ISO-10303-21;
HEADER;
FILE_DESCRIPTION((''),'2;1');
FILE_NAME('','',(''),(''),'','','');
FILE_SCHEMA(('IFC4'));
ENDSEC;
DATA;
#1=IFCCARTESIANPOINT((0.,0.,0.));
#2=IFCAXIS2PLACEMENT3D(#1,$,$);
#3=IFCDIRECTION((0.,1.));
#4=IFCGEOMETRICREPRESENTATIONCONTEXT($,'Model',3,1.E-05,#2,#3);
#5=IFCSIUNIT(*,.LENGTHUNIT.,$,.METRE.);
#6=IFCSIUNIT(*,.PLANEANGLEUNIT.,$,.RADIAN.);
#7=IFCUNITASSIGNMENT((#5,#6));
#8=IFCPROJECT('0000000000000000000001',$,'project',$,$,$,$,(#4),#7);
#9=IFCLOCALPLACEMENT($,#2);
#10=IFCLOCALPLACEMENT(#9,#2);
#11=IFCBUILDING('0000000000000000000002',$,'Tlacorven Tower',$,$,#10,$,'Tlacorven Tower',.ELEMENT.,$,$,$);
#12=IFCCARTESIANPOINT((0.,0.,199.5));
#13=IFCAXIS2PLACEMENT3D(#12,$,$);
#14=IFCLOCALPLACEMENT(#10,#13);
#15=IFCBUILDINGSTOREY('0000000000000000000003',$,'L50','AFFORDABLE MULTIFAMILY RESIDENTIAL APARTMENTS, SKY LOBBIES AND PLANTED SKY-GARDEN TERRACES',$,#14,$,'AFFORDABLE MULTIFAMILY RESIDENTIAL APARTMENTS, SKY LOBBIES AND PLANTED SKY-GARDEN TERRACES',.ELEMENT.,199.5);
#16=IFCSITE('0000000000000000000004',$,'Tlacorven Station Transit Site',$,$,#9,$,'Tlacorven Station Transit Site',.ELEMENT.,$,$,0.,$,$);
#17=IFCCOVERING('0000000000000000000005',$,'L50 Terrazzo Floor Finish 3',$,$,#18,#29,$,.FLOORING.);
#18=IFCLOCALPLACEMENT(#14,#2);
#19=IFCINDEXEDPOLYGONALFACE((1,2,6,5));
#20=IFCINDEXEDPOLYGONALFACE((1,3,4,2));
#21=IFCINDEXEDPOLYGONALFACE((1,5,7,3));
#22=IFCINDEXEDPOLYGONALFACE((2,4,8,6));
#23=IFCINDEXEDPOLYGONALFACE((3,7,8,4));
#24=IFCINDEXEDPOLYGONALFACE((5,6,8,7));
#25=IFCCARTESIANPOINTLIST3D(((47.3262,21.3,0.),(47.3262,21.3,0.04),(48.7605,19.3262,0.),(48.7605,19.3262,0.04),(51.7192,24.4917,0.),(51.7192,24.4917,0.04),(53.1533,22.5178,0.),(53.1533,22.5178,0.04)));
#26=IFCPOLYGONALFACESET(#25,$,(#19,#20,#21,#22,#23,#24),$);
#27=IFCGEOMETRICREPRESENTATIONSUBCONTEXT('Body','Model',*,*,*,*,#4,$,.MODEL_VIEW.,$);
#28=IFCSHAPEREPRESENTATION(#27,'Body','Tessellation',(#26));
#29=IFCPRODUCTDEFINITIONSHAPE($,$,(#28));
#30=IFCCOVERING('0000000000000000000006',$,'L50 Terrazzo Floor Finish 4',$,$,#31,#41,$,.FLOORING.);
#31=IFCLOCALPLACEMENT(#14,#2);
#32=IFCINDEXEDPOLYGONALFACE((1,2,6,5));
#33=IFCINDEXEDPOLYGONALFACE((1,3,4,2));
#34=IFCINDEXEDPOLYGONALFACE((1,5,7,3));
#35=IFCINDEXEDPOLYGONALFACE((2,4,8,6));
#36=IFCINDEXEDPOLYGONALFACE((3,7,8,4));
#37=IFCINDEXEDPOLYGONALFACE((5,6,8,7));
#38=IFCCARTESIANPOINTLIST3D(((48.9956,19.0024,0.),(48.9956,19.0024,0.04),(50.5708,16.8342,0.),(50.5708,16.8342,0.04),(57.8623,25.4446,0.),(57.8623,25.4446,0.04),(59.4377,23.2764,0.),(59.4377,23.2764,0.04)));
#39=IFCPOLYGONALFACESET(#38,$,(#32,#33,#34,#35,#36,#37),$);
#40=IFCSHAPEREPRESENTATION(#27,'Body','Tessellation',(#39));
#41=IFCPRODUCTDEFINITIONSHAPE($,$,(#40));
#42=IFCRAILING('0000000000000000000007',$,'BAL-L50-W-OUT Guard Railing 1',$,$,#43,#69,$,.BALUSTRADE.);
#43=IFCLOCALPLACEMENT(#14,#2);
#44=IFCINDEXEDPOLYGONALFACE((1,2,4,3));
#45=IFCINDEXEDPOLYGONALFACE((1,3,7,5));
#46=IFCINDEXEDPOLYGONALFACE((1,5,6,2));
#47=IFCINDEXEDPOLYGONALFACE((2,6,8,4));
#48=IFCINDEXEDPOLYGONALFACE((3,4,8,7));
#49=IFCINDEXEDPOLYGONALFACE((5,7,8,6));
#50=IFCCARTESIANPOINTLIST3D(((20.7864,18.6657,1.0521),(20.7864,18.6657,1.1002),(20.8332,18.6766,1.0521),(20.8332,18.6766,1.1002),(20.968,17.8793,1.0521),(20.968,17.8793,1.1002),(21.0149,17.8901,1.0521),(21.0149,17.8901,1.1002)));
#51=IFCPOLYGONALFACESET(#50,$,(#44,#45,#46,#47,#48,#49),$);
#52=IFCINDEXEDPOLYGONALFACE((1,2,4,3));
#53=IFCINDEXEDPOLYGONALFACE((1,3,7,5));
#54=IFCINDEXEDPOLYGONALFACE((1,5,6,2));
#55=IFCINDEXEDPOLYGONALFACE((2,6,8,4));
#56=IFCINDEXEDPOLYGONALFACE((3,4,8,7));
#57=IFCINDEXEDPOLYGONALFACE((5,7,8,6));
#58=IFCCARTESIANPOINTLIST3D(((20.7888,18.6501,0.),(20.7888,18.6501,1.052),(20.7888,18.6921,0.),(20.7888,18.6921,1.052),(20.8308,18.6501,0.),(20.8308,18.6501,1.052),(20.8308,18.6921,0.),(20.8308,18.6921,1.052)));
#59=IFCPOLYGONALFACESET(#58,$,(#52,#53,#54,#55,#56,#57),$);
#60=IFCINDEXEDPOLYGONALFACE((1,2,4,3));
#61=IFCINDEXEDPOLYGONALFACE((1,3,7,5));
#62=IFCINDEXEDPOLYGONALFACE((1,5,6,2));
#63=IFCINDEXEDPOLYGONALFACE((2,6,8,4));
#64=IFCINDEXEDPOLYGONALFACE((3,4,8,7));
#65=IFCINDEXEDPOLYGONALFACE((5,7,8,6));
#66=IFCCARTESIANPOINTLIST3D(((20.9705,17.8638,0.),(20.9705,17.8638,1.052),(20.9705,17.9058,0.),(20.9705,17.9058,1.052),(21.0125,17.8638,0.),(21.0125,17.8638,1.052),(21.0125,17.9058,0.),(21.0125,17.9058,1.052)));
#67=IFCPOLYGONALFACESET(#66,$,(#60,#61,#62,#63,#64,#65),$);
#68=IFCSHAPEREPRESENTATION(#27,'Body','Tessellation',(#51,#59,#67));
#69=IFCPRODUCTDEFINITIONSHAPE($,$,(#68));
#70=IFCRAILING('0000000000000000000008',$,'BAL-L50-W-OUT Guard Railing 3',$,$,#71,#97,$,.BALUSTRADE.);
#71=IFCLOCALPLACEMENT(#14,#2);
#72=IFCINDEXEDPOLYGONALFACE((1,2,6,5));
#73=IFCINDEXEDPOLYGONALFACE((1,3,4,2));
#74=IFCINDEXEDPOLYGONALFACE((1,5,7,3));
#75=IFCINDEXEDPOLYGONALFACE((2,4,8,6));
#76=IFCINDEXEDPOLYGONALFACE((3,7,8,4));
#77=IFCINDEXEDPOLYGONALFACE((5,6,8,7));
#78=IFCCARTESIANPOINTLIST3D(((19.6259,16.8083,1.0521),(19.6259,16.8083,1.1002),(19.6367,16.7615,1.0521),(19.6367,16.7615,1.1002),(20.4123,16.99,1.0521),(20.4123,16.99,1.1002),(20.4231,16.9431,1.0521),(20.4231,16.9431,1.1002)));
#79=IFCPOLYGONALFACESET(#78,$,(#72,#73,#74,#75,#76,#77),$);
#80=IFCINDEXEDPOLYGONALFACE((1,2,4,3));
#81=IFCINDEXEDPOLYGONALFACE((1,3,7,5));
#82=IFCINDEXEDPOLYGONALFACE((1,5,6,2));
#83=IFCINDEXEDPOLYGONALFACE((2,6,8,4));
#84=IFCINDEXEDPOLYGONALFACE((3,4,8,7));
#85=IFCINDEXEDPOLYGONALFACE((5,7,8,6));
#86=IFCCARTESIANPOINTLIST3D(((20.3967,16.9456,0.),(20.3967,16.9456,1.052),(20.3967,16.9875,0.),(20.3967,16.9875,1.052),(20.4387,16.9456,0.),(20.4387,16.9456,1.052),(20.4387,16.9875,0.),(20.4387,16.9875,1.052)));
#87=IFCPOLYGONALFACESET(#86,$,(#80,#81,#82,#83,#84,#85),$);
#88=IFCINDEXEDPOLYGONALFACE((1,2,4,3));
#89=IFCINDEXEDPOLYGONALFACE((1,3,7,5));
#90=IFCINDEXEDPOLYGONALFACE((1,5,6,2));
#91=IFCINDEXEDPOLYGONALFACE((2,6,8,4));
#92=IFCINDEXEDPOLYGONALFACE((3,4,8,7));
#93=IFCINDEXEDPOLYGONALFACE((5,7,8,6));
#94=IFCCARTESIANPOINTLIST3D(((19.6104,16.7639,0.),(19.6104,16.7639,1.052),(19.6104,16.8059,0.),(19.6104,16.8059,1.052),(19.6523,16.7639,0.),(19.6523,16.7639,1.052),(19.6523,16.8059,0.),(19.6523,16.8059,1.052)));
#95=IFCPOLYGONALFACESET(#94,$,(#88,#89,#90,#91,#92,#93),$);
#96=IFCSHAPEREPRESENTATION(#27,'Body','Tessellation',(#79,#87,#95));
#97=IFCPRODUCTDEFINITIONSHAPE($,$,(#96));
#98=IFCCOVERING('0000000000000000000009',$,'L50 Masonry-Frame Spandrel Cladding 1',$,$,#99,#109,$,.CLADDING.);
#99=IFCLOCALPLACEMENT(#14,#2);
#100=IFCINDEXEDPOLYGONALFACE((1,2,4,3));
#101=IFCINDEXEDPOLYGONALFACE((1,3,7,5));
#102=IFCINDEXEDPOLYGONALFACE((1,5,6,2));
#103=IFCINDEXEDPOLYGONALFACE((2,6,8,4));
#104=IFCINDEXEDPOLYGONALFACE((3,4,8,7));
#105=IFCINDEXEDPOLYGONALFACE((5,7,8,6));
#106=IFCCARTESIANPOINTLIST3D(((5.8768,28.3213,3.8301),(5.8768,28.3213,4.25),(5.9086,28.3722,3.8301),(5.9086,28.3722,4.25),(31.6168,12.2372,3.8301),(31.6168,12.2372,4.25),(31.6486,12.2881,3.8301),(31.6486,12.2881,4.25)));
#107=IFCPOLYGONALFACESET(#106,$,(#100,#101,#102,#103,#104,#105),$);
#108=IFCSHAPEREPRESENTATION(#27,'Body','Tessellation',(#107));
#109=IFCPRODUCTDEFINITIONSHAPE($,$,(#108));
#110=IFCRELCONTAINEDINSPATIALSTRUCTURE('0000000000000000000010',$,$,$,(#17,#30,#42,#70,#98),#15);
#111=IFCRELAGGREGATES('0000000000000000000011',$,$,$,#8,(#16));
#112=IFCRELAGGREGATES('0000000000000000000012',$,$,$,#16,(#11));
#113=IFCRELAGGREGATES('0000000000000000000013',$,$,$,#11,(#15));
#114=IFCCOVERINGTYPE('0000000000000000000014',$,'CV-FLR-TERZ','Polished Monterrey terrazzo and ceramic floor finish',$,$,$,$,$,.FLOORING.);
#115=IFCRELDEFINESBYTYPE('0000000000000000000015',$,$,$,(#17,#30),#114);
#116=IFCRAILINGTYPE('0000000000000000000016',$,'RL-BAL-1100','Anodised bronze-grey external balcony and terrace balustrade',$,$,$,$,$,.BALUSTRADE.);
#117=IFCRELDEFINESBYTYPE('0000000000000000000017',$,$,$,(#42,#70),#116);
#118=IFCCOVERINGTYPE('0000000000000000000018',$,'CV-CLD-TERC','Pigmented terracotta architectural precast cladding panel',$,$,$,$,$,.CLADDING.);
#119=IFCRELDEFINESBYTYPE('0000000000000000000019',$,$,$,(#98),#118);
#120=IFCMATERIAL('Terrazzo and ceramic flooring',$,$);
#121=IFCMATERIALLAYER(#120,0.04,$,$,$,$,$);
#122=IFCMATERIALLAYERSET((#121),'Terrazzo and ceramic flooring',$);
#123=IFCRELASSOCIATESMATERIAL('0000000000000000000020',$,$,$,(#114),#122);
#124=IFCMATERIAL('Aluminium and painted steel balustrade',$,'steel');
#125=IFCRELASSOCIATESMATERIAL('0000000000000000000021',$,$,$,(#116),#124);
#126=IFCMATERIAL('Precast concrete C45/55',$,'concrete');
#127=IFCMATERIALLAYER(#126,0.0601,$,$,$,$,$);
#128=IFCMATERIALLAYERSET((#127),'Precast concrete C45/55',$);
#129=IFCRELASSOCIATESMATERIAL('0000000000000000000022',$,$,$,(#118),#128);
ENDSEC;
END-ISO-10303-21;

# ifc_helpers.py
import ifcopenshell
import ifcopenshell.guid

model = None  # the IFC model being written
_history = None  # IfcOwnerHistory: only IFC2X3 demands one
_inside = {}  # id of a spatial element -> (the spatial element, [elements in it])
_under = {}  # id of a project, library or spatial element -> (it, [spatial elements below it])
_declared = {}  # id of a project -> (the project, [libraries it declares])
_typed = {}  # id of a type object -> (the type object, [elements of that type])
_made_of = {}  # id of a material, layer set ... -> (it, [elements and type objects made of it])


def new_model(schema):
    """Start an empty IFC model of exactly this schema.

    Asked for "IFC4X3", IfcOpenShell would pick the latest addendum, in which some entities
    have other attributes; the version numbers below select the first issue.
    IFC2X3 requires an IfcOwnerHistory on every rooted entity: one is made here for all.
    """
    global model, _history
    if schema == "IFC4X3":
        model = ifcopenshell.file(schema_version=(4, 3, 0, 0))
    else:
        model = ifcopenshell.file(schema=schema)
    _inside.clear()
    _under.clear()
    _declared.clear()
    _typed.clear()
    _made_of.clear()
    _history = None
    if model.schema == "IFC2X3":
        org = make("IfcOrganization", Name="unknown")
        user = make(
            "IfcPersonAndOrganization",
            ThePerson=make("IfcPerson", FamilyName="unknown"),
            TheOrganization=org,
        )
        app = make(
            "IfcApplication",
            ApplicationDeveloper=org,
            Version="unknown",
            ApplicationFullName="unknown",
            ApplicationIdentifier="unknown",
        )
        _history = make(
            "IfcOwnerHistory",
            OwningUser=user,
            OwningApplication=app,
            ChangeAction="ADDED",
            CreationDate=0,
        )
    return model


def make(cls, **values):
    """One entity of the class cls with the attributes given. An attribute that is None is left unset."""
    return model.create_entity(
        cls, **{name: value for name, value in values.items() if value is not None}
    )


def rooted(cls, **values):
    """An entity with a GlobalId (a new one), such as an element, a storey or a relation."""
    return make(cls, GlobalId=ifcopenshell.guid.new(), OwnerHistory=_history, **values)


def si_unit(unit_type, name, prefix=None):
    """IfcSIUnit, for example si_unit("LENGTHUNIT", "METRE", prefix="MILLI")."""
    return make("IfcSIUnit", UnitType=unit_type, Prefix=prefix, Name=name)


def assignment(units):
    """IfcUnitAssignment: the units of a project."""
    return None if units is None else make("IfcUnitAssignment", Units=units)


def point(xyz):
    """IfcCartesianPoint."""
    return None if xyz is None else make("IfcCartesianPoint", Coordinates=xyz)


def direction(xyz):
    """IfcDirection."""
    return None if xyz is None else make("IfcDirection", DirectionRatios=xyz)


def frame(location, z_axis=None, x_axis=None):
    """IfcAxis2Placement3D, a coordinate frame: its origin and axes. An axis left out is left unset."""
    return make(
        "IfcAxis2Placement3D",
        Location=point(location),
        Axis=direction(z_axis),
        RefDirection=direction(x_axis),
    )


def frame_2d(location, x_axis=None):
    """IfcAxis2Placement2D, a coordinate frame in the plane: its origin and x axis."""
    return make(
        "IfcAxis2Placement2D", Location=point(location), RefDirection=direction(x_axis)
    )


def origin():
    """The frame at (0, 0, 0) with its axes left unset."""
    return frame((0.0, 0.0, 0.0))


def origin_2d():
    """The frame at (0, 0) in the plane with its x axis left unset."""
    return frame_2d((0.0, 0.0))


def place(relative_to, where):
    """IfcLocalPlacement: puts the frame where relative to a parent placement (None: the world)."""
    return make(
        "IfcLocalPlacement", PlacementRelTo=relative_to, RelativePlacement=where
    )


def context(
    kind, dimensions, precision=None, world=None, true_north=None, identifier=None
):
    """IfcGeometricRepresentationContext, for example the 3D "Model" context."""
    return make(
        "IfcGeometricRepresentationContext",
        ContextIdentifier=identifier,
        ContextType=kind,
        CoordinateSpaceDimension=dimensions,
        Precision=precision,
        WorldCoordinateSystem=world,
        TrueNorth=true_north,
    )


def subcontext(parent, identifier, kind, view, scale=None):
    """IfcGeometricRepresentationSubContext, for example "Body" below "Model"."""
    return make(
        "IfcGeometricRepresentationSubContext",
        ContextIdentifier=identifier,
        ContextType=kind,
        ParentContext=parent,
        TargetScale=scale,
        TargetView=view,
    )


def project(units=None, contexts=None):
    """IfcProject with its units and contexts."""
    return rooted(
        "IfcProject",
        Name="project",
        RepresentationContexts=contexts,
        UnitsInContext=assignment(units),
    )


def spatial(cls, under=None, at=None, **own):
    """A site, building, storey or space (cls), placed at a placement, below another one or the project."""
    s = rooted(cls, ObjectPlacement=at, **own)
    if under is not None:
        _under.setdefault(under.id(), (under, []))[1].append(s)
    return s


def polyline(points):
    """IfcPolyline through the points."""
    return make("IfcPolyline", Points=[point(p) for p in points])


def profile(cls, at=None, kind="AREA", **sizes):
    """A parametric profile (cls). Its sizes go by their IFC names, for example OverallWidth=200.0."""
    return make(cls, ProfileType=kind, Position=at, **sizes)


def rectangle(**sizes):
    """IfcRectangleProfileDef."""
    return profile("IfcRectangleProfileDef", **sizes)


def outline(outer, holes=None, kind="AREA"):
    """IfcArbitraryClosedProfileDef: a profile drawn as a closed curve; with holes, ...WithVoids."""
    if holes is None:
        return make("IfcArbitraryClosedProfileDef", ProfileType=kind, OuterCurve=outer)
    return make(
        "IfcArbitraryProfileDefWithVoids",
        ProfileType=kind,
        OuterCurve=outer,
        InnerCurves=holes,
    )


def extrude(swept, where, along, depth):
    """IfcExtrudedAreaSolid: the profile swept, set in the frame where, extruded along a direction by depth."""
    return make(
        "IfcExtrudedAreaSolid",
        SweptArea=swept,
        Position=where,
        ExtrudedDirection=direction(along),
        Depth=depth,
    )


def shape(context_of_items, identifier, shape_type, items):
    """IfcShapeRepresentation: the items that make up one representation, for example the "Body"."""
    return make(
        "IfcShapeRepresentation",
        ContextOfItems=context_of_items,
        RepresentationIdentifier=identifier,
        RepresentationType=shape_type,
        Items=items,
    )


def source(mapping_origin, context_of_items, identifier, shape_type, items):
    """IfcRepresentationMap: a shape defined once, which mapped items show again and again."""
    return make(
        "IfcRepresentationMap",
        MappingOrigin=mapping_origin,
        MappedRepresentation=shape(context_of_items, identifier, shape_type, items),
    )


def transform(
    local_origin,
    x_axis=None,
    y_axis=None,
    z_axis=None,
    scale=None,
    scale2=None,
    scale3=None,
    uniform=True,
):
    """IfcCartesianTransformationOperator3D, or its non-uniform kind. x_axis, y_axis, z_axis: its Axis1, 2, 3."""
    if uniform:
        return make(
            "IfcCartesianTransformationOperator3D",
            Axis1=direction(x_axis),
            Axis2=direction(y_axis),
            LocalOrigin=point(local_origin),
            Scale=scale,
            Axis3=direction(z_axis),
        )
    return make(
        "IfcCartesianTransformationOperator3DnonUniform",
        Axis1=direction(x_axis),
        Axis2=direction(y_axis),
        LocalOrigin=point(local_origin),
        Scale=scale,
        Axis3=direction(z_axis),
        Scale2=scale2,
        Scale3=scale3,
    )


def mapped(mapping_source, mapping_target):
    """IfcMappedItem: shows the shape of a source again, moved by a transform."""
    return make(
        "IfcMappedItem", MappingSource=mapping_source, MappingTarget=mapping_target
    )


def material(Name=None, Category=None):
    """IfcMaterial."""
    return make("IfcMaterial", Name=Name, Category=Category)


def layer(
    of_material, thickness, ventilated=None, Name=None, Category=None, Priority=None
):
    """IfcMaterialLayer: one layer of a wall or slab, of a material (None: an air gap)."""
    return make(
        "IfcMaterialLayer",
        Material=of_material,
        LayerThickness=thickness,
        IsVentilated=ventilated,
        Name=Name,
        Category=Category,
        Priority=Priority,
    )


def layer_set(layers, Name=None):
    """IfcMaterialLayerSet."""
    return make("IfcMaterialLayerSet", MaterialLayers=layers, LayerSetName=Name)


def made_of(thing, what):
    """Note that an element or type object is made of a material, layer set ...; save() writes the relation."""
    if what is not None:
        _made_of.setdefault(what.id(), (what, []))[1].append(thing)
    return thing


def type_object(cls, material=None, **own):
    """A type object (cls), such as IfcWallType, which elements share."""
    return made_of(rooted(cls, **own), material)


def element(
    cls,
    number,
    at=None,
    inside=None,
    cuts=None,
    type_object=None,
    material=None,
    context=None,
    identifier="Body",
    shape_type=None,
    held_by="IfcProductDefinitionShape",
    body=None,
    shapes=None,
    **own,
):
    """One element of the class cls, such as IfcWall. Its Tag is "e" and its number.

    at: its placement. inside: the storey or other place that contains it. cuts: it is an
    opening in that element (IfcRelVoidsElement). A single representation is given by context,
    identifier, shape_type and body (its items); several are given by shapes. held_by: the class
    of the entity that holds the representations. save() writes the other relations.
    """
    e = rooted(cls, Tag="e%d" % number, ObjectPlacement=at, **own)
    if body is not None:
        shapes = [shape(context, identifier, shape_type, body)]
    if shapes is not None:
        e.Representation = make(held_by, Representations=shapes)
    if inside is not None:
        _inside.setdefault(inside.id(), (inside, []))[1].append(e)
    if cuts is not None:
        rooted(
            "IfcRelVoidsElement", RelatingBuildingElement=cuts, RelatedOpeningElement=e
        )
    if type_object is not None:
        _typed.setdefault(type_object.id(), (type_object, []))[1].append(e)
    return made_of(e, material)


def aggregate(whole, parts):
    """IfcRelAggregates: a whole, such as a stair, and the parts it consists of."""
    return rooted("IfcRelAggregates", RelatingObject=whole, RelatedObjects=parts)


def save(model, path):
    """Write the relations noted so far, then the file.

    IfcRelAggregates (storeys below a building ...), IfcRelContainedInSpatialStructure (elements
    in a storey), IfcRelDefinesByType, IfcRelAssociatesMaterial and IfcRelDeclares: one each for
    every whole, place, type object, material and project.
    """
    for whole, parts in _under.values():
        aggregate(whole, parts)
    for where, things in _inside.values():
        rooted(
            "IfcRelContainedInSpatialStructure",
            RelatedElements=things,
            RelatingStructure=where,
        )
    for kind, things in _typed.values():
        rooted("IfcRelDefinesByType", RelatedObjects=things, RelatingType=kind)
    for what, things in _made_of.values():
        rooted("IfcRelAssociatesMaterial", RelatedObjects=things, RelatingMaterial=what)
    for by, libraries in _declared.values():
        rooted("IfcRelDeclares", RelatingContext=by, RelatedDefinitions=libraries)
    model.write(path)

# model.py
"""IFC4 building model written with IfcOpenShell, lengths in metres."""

from ifc_helpers import new_model, si_unit, direction, frame, origin, origin_2d, place, context, subcontext, project, spatial, polyline, rectangle, outline, extrude, source, transform, mapped, material, layer, layer_set, type_object, element, save


model = new_model("IFC4")

# Units and contexts
model_context = context("Model", 3, precision=1e-05, world=origin(), true_north=direction((0.0, 1.0)))
body_context = subcontext(model_context, "Body", "Model", "MODEL_VIEW")
ifc_project = project(units=[si_unit("LENGTHUNIT", "METRE"), si_unit("PLANEANGLEUNIT", "RADIAN")], contexts=[model_context])

# Site, building, storey
site_placement = place(None, origin())
site = spatial("IfcSite", under=ifc_project, at=site_placement, Name="Tlacorven Station Transit Site", LongName="Tlacorven Station Transit Site", CompositionType="ELEMENT", RefElevation=0.0)
building_placement = place(site_placement, origin())
building = spatial("IfcBuilding", under=site, at=building_placement, Name="Tlacorven Tower", LongName="Tlacorven Tower", CompositionType="ELEMENT")
storey_placement = place(building_placement, frame((0.0, 0.0, 199.5)))
storey = spatial("IfcBuildingStorey", under=building, at=storey_placement, Name="L50", Description="AFFORDABLE MULTIFAMILY RESIDENTIAL APARTMENTS, SKY LOBBIES AND PLANTED SKY-GARDEN TERRACES", LongName="AFFORDABLE MULTIFAMILY RESIDENTIAL APARTMENTS, SKY LOBBIES AND PLANTED SKY-GARDEN TERRACES", CompositionType="ELEMENT", Elevation=199.5)

# Shared definitions
ifc_material_1 = material(Name="Precast concrete C45/55", Category="concrete")

# Coverings
ifc_material_2 = material(Name="Terrazzo and ceramic flooring")
ifc_layer_1 = layer(ifc_material_2, 0.04)
ifc_layer_set_1 = layer_set([ifc_layer_1], Name="Terrazzo and ceramic flooring")
covering_type_1 = type_object("IfcCoveringType", Name="CV-FLR-TERZ", Description="Polished Monterrey terrazzo and ceramic floor finish", PredefinedType="FLOORING", material=ifc_layer_set_1)
covering_1_placement = place(storey_placement, origin())
element("IfcCovering", 1, at=covering_1_placement, inside=storey, type_object=covering_type_1, Name="L50 Terrazzo Floor Finish 3", PredefinedType="FLOORING", context=body_context, shape_type="SweptSolid", body=[
    extrude(outline(polyline([(48.7605, 19.3262), (47.3262, 21.3), (51.7192, 24.4917), (53.1533, 22.5178), (48.7605, 19.3262)])), origin(), (0.0, 0.0, 1.0), 0.04),
])
covering_2_placement = place(storey_placement, origin())
element("IfcCovering", 2, at=covering_2_placement, inside=storey, type_object=covering_type_1, Name="L50 Terrazzo Floor Finish 4", PredefinedType="FLOORING", context=body_context, shape_type="SweptSolid", body=[
    extrude(outline(polyline([(50.5708, 16.8342), (48.9956, 19.0024), (57.8623, 25.4446), (59.4377, 23.2764), (50.5708, 16.8342)])), origin(), (0.0, 0.0, 1.0), 0.04),
])

# Railings
ifc_material_3 = material(Name="Aluminium and painted steel balustrade", Category="steel")
railing_type = type_object("IfcRailingType", Name="RL-BAL-1100", Description="Anodised bronze-grey external balcony and terrace balustrade", PredefinedType="BALUSTRADE", material=ifc_material_3)
shared_shape_1 = source(origin(), body_context, "Body", "SweptSolid", [
    extrude(rectangle(XDim=0.0481, YDim=0.0481, at=origin_2d()), frame((0.0, 0.0, 1.0762), z_axis=(0.225058, -0.974345, 0.0), x_axis=(0.974345, 0.225058, 0.0)), (0.0, 0.0, 1.0), 0.8071),
    extrude(rectangle(XDim=0.042, YDim=0.042, at=origin_2d()), origin(), (0.0, 0.0, 1.0), 1.052),
    extrude(rectangle(XDim=0.042, YDim=0.042, at=origin_2d()), frame((0.1816, -0.7864, 0.0)), (0.0, 0.0, 1.0), 1.052),
])
railing_1_placement = place(storey_placement, frame((20.8098, 18.6711, 0.0)))
element("IfcRailing", 3, at=railing_1_placement, inside=storey, type_object=railing_type, Name="BAL-L50-W-OUT Guard Railing 1", PredefinedType="BALUSTRADE", context=body_context, shape_type="MappedRepresentation", body=[
    mapped(shared_shape_1, transform((0.0, 0.0, 0.0), scale=1.0)),
])
shared_shape_2 = source(origin(), body_context, "Body", "SweptSolid", [
    extrude(rectangle(XDim=0.0481, YDim=0.0481, at=origin_2d()), frame((0.0, 0.0, 1.0762), z_axis=(-0.974345, -0.225058, 0.0), x_axis=(0.225058, -0.974345, 0.0)), (0.0, 0.0, 1.0), 0.8071),
    extrude(rectangle(XDim=0.042, YDim=0.042, at=origin_2d()), origin(), (0.0, 0.0, 1.0), 1.052),
    extrude(rectangle(XDim=0.042, YDim=0.042, at=origin_2d()), frame((-0.7864, -0.1816, 0.0)), (0.0, 0.0, 1.0), 1.052),
])
railing_2_placement = place(storey_placement, frame((20.4177, 16.9666, 0.0)))
element("IfcRailing", 4, at=railing_2_placement, inside=storey, type_object=railing_type, Name="BAL-L50-W-OUT Guard Railing 3", PredefinedType="BALUSTRADE", context=body_context, shape_type="MappedRepresentation", body=[
    mapped(shared_shape_2, transform((0.0, 0.0, 0.0), scale=1.0)),
])

# Covering
ifc_layer_2 = layer(ifc_material_1, 0.0601)
ifc_layer_set_2 = layer_set([ifc_layer_2], Name="Precast concrete C45/55")
covering_type_2 = type_object("IfcCoveringType", Name="CV-CLD-TERC", Description="Pigmented terracotta architectural precast cladding panel", PredefinedType="CLADDING", material=ifc_layer_set_2)
shared_shape_3 = source(origin(), body_context, "Body", "SweptSolid", [
    extrude(rectangle(XDim=30.3521, YDim=0.0601, at=origin_2d()), origin(), (0.0, 0.0, 1.0), 0.4199),
])
covering_3_placement = place(storey_placement, frame((18.7627, 20.3047, 3.8301), z_axis=(0.0, 0.0, 1.0), x_axis=(-0.848048, 0.529919, 0.0)))
element("IfcCovering", 5, at=covering_3_placement, inside=storey, type_object=covering_type_2, Name="L50 Masonry-Frame Spandrel Cladding 1", PredefinedType="CLADDING", context=body_context, shape_type="MappedRepresentation", body=[
    mapped(shared_shape_3, transform((0.0, 0.0, 0.0), scale=1.0)),
])

save(model, "model.ifc")
